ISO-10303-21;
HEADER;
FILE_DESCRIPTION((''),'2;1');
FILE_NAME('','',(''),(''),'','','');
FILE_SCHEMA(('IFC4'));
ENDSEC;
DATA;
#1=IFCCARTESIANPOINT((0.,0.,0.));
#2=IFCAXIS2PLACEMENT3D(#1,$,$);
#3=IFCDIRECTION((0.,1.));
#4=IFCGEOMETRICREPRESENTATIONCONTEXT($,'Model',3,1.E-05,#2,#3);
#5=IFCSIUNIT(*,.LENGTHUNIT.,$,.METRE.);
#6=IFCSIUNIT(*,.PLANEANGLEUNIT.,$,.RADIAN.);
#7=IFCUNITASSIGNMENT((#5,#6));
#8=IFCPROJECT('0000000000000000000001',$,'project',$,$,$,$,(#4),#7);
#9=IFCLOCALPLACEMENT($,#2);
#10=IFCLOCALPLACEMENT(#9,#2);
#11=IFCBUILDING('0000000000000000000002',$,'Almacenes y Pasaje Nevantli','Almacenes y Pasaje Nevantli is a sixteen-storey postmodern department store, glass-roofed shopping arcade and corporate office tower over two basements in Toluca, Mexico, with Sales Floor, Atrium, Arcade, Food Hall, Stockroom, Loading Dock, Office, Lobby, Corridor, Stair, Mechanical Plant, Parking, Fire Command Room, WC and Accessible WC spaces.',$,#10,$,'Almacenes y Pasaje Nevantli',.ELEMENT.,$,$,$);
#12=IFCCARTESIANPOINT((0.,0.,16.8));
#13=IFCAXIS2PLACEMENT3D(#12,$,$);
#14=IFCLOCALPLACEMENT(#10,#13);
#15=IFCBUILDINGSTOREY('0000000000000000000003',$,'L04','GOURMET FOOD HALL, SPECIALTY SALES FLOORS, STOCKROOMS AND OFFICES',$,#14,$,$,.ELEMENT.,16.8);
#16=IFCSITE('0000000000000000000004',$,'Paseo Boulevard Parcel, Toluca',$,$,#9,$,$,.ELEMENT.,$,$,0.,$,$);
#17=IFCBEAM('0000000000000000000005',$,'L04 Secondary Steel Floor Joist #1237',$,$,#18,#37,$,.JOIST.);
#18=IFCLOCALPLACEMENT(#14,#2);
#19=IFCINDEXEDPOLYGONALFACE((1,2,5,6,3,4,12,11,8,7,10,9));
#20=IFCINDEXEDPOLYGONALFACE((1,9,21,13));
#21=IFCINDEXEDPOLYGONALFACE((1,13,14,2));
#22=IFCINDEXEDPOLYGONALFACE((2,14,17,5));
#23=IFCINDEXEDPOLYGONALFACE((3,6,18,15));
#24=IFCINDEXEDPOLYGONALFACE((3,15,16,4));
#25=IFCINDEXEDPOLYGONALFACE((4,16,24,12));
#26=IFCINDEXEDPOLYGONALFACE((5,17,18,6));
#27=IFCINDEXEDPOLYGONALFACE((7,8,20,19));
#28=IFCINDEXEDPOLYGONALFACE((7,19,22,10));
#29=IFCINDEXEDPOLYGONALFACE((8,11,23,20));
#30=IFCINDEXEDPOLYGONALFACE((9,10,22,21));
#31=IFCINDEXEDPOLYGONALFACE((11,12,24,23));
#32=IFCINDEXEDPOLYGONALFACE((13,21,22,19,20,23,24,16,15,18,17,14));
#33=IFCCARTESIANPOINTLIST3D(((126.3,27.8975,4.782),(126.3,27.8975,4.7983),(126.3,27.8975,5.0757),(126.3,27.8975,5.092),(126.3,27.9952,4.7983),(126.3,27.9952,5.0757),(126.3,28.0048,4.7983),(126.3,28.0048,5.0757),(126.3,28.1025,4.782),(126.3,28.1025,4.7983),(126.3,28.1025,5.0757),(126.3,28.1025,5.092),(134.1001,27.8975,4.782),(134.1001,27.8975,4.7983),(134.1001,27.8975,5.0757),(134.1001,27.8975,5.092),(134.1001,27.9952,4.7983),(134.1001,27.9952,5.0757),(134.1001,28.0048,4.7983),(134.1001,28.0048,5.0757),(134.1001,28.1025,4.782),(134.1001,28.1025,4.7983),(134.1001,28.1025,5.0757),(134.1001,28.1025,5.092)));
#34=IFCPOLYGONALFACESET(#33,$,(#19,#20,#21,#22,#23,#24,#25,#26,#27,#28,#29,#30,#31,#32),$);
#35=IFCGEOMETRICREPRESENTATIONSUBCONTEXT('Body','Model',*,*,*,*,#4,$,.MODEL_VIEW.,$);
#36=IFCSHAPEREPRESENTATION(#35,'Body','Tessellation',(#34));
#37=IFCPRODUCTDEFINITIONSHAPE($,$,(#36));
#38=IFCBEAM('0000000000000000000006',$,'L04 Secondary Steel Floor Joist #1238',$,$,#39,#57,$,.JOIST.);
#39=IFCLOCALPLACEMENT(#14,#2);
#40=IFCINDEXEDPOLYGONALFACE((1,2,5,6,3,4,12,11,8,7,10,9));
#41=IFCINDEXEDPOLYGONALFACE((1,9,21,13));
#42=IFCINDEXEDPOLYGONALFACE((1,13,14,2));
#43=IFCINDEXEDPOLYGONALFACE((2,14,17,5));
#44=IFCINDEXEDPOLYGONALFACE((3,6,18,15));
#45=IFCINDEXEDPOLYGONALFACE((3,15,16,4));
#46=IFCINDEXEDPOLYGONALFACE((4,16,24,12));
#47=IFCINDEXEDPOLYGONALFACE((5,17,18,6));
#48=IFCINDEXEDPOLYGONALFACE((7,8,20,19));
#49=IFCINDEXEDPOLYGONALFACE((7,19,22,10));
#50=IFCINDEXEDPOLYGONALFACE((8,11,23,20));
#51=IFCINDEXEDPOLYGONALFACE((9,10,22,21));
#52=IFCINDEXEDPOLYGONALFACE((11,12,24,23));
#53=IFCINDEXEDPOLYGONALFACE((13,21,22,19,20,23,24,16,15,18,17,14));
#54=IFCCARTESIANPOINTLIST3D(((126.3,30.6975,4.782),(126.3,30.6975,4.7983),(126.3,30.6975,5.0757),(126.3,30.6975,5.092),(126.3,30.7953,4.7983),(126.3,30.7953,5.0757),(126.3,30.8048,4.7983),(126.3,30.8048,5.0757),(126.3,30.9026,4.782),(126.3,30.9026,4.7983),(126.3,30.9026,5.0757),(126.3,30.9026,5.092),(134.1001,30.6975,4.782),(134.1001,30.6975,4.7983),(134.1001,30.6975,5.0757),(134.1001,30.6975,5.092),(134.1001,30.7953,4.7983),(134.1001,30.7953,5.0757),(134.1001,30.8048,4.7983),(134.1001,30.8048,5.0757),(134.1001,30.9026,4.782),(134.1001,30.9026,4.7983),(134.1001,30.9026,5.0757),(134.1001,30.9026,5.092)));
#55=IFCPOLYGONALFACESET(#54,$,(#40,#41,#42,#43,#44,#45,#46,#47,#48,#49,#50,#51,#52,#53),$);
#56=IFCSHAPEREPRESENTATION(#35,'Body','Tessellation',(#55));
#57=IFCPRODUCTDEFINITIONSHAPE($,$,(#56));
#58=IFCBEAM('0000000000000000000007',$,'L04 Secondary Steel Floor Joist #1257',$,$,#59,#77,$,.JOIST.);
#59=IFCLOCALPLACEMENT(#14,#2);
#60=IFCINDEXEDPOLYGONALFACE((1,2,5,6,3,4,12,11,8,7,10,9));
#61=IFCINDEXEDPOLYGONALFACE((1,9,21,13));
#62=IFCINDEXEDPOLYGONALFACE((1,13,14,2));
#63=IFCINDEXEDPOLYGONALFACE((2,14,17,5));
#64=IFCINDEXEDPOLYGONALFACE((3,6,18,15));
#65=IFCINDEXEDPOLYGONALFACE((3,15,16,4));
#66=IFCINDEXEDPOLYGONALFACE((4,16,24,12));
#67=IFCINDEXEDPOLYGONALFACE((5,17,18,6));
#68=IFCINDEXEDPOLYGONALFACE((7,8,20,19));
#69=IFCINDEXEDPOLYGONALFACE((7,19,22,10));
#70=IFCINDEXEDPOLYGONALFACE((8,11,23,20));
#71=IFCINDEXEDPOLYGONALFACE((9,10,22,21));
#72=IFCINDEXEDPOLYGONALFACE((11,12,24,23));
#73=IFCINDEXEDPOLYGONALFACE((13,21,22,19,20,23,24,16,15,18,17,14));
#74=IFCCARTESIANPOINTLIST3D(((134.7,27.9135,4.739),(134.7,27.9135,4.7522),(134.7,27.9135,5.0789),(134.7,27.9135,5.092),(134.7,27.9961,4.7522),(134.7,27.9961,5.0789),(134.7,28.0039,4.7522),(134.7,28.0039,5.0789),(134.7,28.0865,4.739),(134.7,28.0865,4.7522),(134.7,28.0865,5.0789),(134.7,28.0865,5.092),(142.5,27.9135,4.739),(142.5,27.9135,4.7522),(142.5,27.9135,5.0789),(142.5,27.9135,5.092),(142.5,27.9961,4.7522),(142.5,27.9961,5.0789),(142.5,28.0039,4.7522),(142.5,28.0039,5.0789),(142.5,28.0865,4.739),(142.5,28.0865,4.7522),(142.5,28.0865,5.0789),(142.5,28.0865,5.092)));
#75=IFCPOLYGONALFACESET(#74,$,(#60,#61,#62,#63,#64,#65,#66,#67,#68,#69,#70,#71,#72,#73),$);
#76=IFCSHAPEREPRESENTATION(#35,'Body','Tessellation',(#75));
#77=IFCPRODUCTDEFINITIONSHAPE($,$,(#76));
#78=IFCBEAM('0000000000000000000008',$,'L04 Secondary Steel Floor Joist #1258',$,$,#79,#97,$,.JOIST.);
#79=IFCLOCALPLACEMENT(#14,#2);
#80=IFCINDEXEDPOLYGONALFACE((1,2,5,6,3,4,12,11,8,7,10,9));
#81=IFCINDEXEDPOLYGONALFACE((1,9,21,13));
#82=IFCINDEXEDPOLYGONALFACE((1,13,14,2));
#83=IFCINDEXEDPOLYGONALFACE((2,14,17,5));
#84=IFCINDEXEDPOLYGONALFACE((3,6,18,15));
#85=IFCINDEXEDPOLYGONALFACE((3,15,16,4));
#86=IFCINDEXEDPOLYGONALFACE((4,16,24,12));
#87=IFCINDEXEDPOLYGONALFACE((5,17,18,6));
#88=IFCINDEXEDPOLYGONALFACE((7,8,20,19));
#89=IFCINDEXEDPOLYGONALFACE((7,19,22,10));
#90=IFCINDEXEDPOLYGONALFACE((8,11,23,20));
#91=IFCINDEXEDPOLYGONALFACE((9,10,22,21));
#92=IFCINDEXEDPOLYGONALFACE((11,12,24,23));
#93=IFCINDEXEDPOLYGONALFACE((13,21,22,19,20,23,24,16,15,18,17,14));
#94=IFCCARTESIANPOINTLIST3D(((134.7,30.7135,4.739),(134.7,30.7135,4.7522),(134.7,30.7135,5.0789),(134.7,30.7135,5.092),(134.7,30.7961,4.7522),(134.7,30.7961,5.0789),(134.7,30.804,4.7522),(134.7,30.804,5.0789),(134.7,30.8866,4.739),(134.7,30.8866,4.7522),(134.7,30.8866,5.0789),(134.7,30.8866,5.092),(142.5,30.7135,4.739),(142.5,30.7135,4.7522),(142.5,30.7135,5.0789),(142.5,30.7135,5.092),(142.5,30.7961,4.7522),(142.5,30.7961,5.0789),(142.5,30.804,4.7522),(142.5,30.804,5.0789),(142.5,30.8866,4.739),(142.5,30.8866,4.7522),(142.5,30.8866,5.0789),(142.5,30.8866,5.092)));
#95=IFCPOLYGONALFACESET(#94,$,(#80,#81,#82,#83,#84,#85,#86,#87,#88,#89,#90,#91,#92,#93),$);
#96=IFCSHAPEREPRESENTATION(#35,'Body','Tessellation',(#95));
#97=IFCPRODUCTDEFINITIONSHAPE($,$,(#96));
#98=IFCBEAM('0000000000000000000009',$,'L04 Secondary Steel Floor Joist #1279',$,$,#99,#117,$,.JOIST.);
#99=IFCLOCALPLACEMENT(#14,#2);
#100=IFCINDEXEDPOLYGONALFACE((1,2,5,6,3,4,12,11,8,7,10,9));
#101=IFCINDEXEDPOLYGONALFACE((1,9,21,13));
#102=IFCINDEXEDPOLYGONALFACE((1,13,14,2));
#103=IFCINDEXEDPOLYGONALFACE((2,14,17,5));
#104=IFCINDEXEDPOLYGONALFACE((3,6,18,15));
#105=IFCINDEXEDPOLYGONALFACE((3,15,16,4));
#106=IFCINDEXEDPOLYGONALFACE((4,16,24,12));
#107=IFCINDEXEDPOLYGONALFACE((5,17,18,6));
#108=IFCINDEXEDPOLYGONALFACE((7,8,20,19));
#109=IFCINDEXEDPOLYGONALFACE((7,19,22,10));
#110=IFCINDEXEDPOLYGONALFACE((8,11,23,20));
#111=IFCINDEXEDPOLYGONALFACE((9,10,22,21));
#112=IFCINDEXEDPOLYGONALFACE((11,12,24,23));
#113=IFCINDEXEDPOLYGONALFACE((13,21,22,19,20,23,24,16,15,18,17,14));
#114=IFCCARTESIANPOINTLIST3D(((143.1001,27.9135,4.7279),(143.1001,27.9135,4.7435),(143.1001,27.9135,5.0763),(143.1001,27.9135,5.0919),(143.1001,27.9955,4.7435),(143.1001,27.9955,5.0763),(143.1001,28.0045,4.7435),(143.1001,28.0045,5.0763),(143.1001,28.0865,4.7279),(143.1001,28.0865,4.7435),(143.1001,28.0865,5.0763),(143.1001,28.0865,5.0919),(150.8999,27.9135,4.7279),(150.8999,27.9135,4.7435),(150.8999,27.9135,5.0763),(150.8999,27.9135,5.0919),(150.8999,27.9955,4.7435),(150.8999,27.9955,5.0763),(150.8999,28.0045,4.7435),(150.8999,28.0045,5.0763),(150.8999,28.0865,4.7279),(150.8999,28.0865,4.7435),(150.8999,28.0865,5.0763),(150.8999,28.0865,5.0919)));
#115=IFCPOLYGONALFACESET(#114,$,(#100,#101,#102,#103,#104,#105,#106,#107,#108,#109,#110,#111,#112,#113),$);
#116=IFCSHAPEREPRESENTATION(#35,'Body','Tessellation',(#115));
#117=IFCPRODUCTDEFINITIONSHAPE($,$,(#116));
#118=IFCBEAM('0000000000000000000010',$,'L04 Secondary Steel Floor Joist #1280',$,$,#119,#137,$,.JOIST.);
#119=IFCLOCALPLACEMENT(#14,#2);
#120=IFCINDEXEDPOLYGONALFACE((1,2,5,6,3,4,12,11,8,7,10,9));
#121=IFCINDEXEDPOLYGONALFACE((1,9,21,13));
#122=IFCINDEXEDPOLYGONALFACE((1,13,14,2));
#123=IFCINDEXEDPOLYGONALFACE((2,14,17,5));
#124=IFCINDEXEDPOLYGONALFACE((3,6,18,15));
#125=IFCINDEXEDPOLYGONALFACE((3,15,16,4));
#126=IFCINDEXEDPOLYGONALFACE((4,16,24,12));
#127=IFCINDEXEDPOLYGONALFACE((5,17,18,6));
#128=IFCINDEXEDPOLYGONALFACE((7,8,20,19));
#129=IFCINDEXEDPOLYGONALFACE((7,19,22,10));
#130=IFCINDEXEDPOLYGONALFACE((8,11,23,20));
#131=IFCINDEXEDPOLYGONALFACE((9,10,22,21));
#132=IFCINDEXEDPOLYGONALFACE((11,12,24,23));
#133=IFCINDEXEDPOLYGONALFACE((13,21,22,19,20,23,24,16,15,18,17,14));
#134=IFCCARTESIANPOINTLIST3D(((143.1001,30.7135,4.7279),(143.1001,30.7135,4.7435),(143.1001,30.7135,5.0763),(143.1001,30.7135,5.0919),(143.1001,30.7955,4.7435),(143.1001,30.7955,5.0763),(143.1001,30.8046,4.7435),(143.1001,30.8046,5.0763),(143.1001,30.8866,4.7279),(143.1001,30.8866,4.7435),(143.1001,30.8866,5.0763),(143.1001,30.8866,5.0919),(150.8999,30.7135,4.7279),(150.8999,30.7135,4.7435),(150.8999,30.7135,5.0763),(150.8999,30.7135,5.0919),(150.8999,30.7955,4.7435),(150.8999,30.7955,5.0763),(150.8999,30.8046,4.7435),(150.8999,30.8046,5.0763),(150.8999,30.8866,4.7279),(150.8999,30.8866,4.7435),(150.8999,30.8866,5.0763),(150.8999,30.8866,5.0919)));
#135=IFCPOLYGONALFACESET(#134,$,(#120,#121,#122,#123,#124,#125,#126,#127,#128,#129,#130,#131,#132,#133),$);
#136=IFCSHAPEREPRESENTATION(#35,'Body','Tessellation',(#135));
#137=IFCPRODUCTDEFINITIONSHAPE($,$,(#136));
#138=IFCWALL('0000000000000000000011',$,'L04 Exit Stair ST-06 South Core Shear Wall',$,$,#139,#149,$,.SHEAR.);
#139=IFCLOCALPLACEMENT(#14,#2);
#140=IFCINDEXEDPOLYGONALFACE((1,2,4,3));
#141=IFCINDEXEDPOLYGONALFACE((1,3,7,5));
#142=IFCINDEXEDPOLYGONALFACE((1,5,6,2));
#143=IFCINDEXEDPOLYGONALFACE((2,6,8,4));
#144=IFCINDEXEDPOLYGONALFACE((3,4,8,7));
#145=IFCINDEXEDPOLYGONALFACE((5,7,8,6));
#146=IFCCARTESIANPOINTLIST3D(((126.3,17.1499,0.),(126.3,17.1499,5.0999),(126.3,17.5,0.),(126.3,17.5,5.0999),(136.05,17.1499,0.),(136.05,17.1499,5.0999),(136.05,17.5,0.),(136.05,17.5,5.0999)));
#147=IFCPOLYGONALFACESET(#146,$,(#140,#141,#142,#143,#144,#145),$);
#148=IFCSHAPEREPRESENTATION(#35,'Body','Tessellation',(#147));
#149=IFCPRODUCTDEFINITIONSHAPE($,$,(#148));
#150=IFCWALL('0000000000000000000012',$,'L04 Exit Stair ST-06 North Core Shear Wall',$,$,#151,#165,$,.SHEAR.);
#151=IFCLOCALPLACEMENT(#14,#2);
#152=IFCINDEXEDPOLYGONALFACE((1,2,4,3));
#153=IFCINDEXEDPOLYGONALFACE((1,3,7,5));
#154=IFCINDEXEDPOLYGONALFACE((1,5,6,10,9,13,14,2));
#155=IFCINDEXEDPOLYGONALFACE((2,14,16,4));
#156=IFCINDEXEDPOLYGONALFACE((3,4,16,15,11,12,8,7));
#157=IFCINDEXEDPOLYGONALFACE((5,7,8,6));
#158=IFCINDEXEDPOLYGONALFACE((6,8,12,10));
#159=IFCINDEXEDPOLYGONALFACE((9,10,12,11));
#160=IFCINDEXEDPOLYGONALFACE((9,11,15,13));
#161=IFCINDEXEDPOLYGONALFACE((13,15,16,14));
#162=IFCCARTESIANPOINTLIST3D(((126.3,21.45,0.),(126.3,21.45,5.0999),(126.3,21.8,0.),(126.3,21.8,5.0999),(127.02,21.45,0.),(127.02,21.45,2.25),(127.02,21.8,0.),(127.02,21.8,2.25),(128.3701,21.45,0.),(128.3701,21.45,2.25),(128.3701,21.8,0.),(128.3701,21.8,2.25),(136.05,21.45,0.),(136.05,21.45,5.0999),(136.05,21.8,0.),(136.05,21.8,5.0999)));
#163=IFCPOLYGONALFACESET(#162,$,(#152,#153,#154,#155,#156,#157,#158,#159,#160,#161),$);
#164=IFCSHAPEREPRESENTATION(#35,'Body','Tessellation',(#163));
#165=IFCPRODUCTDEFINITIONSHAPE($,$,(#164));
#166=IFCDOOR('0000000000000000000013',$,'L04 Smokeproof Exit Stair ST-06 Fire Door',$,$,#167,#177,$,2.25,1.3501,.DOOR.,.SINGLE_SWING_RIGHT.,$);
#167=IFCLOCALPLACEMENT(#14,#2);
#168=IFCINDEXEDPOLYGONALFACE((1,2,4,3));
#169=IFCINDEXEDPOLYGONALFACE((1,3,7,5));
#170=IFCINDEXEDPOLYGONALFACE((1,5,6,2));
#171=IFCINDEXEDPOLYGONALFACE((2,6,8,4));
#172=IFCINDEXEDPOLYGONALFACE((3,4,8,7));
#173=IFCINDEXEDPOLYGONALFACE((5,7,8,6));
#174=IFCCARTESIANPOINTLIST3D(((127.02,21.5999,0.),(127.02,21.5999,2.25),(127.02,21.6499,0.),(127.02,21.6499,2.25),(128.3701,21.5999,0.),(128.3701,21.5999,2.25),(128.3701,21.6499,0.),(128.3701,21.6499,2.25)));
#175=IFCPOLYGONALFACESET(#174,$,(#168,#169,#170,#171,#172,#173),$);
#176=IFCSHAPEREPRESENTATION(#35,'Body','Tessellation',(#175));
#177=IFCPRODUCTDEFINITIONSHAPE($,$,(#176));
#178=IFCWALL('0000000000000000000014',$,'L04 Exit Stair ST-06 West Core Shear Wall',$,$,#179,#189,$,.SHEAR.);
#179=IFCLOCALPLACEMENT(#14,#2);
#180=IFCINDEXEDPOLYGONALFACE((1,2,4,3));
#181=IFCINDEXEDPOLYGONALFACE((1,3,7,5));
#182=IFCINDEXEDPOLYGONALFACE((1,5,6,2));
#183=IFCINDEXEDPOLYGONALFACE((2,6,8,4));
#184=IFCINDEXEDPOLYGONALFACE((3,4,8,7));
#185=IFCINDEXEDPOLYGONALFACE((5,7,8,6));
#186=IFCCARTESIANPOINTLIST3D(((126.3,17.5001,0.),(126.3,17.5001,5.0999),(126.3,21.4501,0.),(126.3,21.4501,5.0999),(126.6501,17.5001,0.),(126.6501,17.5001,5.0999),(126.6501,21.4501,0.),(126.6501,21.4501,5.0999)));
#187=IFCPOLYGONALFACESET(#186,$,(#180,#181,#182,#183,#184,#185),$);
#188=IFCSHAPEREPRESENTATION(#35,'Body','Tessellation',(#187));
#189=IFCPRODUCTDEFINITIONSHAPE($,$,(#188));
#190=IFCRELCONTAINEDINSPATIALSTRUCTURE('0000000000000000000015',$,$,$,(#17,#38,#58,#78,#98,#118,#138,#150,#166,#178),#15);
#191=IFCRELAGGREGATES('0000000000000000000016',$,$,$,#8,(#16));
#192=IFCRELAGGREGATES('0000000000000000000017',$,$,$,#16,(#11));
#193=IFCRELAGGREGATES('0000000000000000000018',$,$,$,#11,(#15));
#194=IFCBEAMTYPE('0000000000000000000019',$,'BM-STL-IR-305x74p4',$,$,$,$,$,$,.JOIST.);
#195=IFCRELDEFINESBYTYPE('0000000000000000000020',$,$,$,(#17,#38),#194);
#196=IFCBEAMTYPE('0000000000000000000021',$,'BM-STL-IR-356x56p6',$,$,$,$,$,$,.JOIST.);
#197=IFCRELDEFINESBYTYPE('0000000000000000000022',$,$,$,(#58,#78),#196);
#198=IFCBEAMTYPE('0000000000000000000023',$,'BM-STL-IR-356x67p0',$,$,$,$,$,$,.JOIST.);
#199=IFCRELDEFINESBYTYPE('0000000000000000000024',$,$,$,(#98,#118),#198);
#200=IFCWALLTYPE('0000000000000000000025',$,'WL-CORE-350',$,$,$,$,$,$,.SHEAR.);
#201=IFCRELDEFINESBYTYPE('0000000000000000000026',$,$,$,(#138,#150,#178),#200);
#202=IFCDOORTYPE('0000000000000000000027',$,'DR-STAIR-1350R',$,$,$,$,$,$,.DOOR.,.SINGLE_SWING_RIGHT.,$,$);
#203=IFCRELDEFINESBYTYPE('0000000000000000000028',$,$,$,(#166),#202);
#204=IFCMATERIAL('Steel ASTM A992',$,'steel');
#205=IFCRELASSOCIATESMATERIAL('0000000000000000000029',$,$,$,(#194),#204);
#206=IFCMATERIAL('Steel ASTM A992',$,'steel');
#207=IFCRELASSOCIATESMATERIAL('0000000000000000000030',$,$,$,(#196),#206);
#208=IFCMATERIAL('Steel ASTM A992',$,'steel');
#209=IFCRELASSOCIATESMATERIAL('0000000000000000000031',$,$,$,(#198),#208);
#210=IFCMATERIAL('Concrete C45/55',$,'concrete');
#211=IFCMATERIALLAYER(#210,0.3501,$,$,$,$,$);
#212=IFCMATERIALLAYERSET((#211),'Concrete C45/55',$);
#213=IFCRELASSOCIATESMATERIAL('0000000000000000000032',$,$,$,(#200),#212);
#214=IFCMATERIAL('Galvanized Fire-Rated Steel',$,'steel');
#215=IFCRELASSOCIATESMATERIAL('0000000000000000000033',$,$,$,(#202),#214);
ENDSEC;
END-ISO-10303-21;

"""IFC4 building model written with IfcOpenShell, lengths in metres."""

from ifc_helpers import new_model, si_unit, direction, frame, frame_2d, origin, origin_2d, place, context, subcontext, project, spatial, rectangle, i_section, extrude, material, layer, layer_set, material_profile, profile_set, type_object, element, fill, save


model = new_model("IFC4")

# Units and contexts
model_context = context("Model", 3, precision=1e-05, world=origin(), true_north=direction((0.0, 1.0)))
body_context = subcontext(model_context, "Body", "Model", "MODEL_VIEW")
ifc_project = project(units=[si_unit("LENGTHUNIT", "METRE"), si_unit("PLANEANGLEUNIT", "RADIAN")], contexts=[model_context])

# Site, building, storey
site_placement = place(None, origin())
site = spatial("IfcSite", under=ifc_project, at=site_placement, Name="Paseo Boulevard Parcel, Toluca", CompositionType="ELEMENT", RefElevation=0.0)
building_placement = place(site_placement, origin())
building = spatial("IfcBuilding", under=site, at=building_placement, Name="Almacenes y Pasaje Nevantli", Description="Almacenes y Pasaje Nevantli is a sixteen-storey postmodern department store, glass-roofed shopping arcade and corporate office tower over two basements in Toluca, Mexico, with Sales Floor, Atrium, Arcade, Food Hall, Stockroom, Loading Dock, Office, Lobby, Corridor, Stair, Mechanical Plant, Parking, Fire Command Room, WC and Accessible WC spaces.", LongName="Almacenes y Pasaje Nevantli", CompositionType="ELEMENT")
storey_placement = place(building_placement, frame((0.0, 0.0, 16.8)))
storey = spatial("IfcBuildingStorey", under=building, at=storey_placement, Name="L04", Description="GOURMET FOOD HALL, SPECIALTY SALES FLOORS, STOCKROOMS AND OFFICES", CompositionType="ELEMENT", Elevation=16.8)

# Beams
ifc_material_1 = material(Name="Steel ASTM A992", Category="steel")
ifc_material_profile_1 = material_profile(ifc_material_1, i_section(OverallWidth=0.2051, OverallDepth=0.3101, WebThickness=0.0095, FlangeThickness=0.0164, at=origin_2d()), Name="IR 305x74.4")
ifc_profile_set_1 = profile_set([ifc_material_profile_1], Name="Steel ASTM A992")
beam_type_1 = type_object("IfcBeamType", Name="BM-STL-IR-305x74p4", PredefinedType="JOIST", material=ifc_profile_set_1)
for number, where, z_axis, x_axis, name in (
    (1, (126.3, 28.0, 4.937), (1.0, 0.0, 0.0), (0.0, 1.0, 0.0), "L04 Secondary Steel Floor Joist #1237"),
    (2, (126.3, 30.8, 4.937), (1.0, 0.0, 0.0), (0.0, 1.0, 0.0), "L04 Secondary Steel Floor Joist #1238"),
):
    element("IfcBeam", number, at=place(storey_placement, frame(where, z_axis=z_axis, x_axis=x_axis)), inside=storey, type_object=beam_type_1, Name=name, PredefinedType="JOIST", context=body_context, shape_type="SweptSolid", body=[
        extrude(i_section(OverallWidth=0.2051, OverallDepth=0.3101, WebThickness=0.0095, FlangeThickness=0.0164, at=origin_2d()), origin(), (0.0, 0.0, 1.0), 7.8),
    ])
ifc_material_2 = material(Name="Steel ASTM A992", Category="steel")
ifc_material_profile_2 = material_profile(ifc_material_2, i_section(OverallWidth=0.1731, OverallDepth=0.353, WebThickness=0.0078, FlangeThickness=0.0132, at=origin_2d()), Name="IR 356x56.6")
ifc_profile_set_2 = profile_set([ifc_material_profile_2], Name="Steel ASTM A992")
beam_type_2 = type_object("IfcBeamType", Name="BM-STL-IR-356x56p6", PredefinedType="JOIST", material=ifc_profile_set_2)
for number, where, z_axis, x_axis, name in (
    (3, (134.7, 28.0, 4.9155), (1.0, 0.0, 0.0), (0.0, 1.0, 0.0), "L04 Secondary Steel Floor Joist #1257"),
    (4, (134.7, 30.8, 4.9155), (1.0, 0.0, 0.0), (0.0, 1.0, 0.0), "L04 Secondary Steel Floor Joist #1258"),
):
    element("IfcBeam", number, at=place(storey_placement, frame(where, z_axis=z_axis, x_axis=x_axis)), inside=storey, type_object=beam_type_2, Name=name, PredefinedType="JOIST", context=body_context, shape_type="SweptSolid", body=[
        extrude(i_section(OverallWidth=0.1731, OverallDepth=0.353, WebThickness=0.0078, FlangeThickness=0.0132, at=origin_2d()), origin(), (0.0, 0.0, 1.0), 7.8),
    ])
ifc_material_3 = material(Name="Steel ASTM A992", Category="steel")
ifc_material_profile_3 = material_profile(ifc_material_3, i_section(OverallWidth=0.1731, OverallDepth=0.364, WebThickness=0.009, FlangeThickness=0.0156, at=origin_2d()), Name="IR 356x67.0")
ifc_profile_set_3 = profile_set([ifc_material_profile_3], Name="Steel ASTM A992")
beam_type_3 = type_object("IfcBeamType", Name="BM-STL-IR-356x67p0", PredefinedType="JOIST", material=ifc_profile_set_3)
for number, where, z_axis, x_axis, name in (
    (5, (143.1001, 28.0, 4.9099), (1.0, 0.0, 0.0), (0.0, 1.0, 0.0), "L04 Secondary Steel Floor Joist #1279"),
    (6, (143.1001, 30.8, 4.9099), (1.0, 0.0, 0.0), (0.0, 1.0, 0.0), "L04 Secondary Steel Floor Joist #1280"),
):
    element("IfcBeam", number, at=place(storey_placement, frame(where, z_axis=z_axis, x_axis=x_axis)), inside=storey, type_object=beam_type_3, Name=name, PredefinedType="JOIST", context=body_context, shape_type="SweptSolid", body=[
        extrude(i_section(OverallWidth=0.1731, OverallDepth=0.364, WebThickness=0.009, FlangeThickness=0.0156, at=origin_2d()), origin(), (0.0, 0.0, 1.0), 7.7998),
    ])

# Wall
ifc_material_4 = material(Name="Concrete C45/55", Category="concrete")
ifc_layer_1 = layer(ifc_material_4, 0.3501)
ifc_layer_set_1 = layer_set([ifc_layer_1], Name="Concrete C45/55")
wall_type_1 = type_object("IfcWallType", Name="WL-CORE-350", PredefinedType="SHEAR", material=ifc_layer_set_1)
wall_1_placement = place(storey_placement, frame((126.3, 17.325, 0.0), z_axis=(0.0, 0.0, 1.0), x_axis=(1.0, 0.0, 0.0)))
element("IfcWall", 7, at=wall_1_placement, inside=storey, type_object=wall_type_1, Name="L04 Exit Stair ST-06 South Core Shear Wall", PredefinedType="SHEAR", context=body_context, shape_type="SweptSolid", body=[
    extrude(rectangle(XDim=9.75, YDim=0.3501, at=frame_2d((4.875, 0.0))), origin(), (0.0, 0.0, 1.0), 5.0999),
])

# Wall, opening, door
wall_2_placement = place(storey_placement, frame((126.3, 21.625, 0.0), z_axis=(0.0, 0.0, 1.0), x_axis=(1.0, 0.0, 0.0)))
wall_2 = element("IfcWall", 8, at=wall_2_placement, inside=storey, type_object=wall_type_1, Name="L04 Exit Stair ST-06 North Core Shear Wall", PredefinedType="SHEAR", context=body_context, shape_type="SweptSolid", body=[
    extrude(rectangle(XDim=9.75, YDim=0.3501, at=frame_2d((4.875, 0.0))), origin(), (0.0, 0.0, 1.0), 5.0999),
])
opening_placement = place(wall_2_placement, frame((0.72, 0.0, 0.0)))
opening = element("IfcOpeningElement", 9, at=opening_placement, cuts=wall_2, PredefinedType="OPENING", context=body_context, shape_type="SweptSolid", body=[
    extrude(rectangle(XDim=1.3501, YDim=2.25, at=frame_2d((0.675, 1.125))), frame((0.0, 0.1851, 0.0), z_axis=(0.0, -1.0, 0.0), x_axis=(1.0, 0.0, 0.0)), (0.0, 0.0, 1.0), 0.3701),
])
ifc_material_5 = material(Name="Galvanized Fire-Rated Steel", Category="steel")
door_type = type_object("IfcDoorType", Name="DR-STAIR-1350R", OperationType="SINGLE_SWING_RIGHT", PredefinedType="DOOR", material=ifc_material_5)
door_placement = place(opening_placement, origin())
door = element("IfcDoor", 10, at=door_placement, inside=storey, type_object=door_type, Name="L04 Smokeproof Exit Stair ST-06 Fire Door", OperationType="SINGLE_SWING_RIGHT", OverallHeight=2.25, OverallWidth=1.3501, PredefinedType="DOOR", context=body_context, shape_type="SweptSolid", body=[
    extrude(rectangle(XDim=1.3501, YDim=2.25, at=frame_2d((0.675, 1.125))), frame((0.0, 0.0249, 0.0), z_axis=(0.0, -1.0, 0.0), x_axis=(1.0, 0.0, 0.0)), (0.0, 0.0, 1.0), 0.05),
])
fill(opening, door)

# Wall
for number, where, z_axis, x_axis, name in (
    (11, (126.4751, 17.5, 0.0), (0.0, 0.0, 1.0), (0.0, 1.0, 0.0), "L04 Exit Stair ST-06 West Core Shear Wall"),
):
    element("IfcWall", number, at=place(storey_placement, frame(where, z_axis=z_axis, x_axis=x_axis)), inside=storey, type_object=wall_type_1, Name=name, PredefinedType="SHEAR", context=body_context, shape_type="SweptSolid", body=[
        extrude(rectangle(XDim=3.95, YDim=0.3501, at=frame_2d((1.9751, 0.0))), origin(), (0.0, 0.0, 1.0), 5.0999),
    ])

save(model, "model.ifc")
